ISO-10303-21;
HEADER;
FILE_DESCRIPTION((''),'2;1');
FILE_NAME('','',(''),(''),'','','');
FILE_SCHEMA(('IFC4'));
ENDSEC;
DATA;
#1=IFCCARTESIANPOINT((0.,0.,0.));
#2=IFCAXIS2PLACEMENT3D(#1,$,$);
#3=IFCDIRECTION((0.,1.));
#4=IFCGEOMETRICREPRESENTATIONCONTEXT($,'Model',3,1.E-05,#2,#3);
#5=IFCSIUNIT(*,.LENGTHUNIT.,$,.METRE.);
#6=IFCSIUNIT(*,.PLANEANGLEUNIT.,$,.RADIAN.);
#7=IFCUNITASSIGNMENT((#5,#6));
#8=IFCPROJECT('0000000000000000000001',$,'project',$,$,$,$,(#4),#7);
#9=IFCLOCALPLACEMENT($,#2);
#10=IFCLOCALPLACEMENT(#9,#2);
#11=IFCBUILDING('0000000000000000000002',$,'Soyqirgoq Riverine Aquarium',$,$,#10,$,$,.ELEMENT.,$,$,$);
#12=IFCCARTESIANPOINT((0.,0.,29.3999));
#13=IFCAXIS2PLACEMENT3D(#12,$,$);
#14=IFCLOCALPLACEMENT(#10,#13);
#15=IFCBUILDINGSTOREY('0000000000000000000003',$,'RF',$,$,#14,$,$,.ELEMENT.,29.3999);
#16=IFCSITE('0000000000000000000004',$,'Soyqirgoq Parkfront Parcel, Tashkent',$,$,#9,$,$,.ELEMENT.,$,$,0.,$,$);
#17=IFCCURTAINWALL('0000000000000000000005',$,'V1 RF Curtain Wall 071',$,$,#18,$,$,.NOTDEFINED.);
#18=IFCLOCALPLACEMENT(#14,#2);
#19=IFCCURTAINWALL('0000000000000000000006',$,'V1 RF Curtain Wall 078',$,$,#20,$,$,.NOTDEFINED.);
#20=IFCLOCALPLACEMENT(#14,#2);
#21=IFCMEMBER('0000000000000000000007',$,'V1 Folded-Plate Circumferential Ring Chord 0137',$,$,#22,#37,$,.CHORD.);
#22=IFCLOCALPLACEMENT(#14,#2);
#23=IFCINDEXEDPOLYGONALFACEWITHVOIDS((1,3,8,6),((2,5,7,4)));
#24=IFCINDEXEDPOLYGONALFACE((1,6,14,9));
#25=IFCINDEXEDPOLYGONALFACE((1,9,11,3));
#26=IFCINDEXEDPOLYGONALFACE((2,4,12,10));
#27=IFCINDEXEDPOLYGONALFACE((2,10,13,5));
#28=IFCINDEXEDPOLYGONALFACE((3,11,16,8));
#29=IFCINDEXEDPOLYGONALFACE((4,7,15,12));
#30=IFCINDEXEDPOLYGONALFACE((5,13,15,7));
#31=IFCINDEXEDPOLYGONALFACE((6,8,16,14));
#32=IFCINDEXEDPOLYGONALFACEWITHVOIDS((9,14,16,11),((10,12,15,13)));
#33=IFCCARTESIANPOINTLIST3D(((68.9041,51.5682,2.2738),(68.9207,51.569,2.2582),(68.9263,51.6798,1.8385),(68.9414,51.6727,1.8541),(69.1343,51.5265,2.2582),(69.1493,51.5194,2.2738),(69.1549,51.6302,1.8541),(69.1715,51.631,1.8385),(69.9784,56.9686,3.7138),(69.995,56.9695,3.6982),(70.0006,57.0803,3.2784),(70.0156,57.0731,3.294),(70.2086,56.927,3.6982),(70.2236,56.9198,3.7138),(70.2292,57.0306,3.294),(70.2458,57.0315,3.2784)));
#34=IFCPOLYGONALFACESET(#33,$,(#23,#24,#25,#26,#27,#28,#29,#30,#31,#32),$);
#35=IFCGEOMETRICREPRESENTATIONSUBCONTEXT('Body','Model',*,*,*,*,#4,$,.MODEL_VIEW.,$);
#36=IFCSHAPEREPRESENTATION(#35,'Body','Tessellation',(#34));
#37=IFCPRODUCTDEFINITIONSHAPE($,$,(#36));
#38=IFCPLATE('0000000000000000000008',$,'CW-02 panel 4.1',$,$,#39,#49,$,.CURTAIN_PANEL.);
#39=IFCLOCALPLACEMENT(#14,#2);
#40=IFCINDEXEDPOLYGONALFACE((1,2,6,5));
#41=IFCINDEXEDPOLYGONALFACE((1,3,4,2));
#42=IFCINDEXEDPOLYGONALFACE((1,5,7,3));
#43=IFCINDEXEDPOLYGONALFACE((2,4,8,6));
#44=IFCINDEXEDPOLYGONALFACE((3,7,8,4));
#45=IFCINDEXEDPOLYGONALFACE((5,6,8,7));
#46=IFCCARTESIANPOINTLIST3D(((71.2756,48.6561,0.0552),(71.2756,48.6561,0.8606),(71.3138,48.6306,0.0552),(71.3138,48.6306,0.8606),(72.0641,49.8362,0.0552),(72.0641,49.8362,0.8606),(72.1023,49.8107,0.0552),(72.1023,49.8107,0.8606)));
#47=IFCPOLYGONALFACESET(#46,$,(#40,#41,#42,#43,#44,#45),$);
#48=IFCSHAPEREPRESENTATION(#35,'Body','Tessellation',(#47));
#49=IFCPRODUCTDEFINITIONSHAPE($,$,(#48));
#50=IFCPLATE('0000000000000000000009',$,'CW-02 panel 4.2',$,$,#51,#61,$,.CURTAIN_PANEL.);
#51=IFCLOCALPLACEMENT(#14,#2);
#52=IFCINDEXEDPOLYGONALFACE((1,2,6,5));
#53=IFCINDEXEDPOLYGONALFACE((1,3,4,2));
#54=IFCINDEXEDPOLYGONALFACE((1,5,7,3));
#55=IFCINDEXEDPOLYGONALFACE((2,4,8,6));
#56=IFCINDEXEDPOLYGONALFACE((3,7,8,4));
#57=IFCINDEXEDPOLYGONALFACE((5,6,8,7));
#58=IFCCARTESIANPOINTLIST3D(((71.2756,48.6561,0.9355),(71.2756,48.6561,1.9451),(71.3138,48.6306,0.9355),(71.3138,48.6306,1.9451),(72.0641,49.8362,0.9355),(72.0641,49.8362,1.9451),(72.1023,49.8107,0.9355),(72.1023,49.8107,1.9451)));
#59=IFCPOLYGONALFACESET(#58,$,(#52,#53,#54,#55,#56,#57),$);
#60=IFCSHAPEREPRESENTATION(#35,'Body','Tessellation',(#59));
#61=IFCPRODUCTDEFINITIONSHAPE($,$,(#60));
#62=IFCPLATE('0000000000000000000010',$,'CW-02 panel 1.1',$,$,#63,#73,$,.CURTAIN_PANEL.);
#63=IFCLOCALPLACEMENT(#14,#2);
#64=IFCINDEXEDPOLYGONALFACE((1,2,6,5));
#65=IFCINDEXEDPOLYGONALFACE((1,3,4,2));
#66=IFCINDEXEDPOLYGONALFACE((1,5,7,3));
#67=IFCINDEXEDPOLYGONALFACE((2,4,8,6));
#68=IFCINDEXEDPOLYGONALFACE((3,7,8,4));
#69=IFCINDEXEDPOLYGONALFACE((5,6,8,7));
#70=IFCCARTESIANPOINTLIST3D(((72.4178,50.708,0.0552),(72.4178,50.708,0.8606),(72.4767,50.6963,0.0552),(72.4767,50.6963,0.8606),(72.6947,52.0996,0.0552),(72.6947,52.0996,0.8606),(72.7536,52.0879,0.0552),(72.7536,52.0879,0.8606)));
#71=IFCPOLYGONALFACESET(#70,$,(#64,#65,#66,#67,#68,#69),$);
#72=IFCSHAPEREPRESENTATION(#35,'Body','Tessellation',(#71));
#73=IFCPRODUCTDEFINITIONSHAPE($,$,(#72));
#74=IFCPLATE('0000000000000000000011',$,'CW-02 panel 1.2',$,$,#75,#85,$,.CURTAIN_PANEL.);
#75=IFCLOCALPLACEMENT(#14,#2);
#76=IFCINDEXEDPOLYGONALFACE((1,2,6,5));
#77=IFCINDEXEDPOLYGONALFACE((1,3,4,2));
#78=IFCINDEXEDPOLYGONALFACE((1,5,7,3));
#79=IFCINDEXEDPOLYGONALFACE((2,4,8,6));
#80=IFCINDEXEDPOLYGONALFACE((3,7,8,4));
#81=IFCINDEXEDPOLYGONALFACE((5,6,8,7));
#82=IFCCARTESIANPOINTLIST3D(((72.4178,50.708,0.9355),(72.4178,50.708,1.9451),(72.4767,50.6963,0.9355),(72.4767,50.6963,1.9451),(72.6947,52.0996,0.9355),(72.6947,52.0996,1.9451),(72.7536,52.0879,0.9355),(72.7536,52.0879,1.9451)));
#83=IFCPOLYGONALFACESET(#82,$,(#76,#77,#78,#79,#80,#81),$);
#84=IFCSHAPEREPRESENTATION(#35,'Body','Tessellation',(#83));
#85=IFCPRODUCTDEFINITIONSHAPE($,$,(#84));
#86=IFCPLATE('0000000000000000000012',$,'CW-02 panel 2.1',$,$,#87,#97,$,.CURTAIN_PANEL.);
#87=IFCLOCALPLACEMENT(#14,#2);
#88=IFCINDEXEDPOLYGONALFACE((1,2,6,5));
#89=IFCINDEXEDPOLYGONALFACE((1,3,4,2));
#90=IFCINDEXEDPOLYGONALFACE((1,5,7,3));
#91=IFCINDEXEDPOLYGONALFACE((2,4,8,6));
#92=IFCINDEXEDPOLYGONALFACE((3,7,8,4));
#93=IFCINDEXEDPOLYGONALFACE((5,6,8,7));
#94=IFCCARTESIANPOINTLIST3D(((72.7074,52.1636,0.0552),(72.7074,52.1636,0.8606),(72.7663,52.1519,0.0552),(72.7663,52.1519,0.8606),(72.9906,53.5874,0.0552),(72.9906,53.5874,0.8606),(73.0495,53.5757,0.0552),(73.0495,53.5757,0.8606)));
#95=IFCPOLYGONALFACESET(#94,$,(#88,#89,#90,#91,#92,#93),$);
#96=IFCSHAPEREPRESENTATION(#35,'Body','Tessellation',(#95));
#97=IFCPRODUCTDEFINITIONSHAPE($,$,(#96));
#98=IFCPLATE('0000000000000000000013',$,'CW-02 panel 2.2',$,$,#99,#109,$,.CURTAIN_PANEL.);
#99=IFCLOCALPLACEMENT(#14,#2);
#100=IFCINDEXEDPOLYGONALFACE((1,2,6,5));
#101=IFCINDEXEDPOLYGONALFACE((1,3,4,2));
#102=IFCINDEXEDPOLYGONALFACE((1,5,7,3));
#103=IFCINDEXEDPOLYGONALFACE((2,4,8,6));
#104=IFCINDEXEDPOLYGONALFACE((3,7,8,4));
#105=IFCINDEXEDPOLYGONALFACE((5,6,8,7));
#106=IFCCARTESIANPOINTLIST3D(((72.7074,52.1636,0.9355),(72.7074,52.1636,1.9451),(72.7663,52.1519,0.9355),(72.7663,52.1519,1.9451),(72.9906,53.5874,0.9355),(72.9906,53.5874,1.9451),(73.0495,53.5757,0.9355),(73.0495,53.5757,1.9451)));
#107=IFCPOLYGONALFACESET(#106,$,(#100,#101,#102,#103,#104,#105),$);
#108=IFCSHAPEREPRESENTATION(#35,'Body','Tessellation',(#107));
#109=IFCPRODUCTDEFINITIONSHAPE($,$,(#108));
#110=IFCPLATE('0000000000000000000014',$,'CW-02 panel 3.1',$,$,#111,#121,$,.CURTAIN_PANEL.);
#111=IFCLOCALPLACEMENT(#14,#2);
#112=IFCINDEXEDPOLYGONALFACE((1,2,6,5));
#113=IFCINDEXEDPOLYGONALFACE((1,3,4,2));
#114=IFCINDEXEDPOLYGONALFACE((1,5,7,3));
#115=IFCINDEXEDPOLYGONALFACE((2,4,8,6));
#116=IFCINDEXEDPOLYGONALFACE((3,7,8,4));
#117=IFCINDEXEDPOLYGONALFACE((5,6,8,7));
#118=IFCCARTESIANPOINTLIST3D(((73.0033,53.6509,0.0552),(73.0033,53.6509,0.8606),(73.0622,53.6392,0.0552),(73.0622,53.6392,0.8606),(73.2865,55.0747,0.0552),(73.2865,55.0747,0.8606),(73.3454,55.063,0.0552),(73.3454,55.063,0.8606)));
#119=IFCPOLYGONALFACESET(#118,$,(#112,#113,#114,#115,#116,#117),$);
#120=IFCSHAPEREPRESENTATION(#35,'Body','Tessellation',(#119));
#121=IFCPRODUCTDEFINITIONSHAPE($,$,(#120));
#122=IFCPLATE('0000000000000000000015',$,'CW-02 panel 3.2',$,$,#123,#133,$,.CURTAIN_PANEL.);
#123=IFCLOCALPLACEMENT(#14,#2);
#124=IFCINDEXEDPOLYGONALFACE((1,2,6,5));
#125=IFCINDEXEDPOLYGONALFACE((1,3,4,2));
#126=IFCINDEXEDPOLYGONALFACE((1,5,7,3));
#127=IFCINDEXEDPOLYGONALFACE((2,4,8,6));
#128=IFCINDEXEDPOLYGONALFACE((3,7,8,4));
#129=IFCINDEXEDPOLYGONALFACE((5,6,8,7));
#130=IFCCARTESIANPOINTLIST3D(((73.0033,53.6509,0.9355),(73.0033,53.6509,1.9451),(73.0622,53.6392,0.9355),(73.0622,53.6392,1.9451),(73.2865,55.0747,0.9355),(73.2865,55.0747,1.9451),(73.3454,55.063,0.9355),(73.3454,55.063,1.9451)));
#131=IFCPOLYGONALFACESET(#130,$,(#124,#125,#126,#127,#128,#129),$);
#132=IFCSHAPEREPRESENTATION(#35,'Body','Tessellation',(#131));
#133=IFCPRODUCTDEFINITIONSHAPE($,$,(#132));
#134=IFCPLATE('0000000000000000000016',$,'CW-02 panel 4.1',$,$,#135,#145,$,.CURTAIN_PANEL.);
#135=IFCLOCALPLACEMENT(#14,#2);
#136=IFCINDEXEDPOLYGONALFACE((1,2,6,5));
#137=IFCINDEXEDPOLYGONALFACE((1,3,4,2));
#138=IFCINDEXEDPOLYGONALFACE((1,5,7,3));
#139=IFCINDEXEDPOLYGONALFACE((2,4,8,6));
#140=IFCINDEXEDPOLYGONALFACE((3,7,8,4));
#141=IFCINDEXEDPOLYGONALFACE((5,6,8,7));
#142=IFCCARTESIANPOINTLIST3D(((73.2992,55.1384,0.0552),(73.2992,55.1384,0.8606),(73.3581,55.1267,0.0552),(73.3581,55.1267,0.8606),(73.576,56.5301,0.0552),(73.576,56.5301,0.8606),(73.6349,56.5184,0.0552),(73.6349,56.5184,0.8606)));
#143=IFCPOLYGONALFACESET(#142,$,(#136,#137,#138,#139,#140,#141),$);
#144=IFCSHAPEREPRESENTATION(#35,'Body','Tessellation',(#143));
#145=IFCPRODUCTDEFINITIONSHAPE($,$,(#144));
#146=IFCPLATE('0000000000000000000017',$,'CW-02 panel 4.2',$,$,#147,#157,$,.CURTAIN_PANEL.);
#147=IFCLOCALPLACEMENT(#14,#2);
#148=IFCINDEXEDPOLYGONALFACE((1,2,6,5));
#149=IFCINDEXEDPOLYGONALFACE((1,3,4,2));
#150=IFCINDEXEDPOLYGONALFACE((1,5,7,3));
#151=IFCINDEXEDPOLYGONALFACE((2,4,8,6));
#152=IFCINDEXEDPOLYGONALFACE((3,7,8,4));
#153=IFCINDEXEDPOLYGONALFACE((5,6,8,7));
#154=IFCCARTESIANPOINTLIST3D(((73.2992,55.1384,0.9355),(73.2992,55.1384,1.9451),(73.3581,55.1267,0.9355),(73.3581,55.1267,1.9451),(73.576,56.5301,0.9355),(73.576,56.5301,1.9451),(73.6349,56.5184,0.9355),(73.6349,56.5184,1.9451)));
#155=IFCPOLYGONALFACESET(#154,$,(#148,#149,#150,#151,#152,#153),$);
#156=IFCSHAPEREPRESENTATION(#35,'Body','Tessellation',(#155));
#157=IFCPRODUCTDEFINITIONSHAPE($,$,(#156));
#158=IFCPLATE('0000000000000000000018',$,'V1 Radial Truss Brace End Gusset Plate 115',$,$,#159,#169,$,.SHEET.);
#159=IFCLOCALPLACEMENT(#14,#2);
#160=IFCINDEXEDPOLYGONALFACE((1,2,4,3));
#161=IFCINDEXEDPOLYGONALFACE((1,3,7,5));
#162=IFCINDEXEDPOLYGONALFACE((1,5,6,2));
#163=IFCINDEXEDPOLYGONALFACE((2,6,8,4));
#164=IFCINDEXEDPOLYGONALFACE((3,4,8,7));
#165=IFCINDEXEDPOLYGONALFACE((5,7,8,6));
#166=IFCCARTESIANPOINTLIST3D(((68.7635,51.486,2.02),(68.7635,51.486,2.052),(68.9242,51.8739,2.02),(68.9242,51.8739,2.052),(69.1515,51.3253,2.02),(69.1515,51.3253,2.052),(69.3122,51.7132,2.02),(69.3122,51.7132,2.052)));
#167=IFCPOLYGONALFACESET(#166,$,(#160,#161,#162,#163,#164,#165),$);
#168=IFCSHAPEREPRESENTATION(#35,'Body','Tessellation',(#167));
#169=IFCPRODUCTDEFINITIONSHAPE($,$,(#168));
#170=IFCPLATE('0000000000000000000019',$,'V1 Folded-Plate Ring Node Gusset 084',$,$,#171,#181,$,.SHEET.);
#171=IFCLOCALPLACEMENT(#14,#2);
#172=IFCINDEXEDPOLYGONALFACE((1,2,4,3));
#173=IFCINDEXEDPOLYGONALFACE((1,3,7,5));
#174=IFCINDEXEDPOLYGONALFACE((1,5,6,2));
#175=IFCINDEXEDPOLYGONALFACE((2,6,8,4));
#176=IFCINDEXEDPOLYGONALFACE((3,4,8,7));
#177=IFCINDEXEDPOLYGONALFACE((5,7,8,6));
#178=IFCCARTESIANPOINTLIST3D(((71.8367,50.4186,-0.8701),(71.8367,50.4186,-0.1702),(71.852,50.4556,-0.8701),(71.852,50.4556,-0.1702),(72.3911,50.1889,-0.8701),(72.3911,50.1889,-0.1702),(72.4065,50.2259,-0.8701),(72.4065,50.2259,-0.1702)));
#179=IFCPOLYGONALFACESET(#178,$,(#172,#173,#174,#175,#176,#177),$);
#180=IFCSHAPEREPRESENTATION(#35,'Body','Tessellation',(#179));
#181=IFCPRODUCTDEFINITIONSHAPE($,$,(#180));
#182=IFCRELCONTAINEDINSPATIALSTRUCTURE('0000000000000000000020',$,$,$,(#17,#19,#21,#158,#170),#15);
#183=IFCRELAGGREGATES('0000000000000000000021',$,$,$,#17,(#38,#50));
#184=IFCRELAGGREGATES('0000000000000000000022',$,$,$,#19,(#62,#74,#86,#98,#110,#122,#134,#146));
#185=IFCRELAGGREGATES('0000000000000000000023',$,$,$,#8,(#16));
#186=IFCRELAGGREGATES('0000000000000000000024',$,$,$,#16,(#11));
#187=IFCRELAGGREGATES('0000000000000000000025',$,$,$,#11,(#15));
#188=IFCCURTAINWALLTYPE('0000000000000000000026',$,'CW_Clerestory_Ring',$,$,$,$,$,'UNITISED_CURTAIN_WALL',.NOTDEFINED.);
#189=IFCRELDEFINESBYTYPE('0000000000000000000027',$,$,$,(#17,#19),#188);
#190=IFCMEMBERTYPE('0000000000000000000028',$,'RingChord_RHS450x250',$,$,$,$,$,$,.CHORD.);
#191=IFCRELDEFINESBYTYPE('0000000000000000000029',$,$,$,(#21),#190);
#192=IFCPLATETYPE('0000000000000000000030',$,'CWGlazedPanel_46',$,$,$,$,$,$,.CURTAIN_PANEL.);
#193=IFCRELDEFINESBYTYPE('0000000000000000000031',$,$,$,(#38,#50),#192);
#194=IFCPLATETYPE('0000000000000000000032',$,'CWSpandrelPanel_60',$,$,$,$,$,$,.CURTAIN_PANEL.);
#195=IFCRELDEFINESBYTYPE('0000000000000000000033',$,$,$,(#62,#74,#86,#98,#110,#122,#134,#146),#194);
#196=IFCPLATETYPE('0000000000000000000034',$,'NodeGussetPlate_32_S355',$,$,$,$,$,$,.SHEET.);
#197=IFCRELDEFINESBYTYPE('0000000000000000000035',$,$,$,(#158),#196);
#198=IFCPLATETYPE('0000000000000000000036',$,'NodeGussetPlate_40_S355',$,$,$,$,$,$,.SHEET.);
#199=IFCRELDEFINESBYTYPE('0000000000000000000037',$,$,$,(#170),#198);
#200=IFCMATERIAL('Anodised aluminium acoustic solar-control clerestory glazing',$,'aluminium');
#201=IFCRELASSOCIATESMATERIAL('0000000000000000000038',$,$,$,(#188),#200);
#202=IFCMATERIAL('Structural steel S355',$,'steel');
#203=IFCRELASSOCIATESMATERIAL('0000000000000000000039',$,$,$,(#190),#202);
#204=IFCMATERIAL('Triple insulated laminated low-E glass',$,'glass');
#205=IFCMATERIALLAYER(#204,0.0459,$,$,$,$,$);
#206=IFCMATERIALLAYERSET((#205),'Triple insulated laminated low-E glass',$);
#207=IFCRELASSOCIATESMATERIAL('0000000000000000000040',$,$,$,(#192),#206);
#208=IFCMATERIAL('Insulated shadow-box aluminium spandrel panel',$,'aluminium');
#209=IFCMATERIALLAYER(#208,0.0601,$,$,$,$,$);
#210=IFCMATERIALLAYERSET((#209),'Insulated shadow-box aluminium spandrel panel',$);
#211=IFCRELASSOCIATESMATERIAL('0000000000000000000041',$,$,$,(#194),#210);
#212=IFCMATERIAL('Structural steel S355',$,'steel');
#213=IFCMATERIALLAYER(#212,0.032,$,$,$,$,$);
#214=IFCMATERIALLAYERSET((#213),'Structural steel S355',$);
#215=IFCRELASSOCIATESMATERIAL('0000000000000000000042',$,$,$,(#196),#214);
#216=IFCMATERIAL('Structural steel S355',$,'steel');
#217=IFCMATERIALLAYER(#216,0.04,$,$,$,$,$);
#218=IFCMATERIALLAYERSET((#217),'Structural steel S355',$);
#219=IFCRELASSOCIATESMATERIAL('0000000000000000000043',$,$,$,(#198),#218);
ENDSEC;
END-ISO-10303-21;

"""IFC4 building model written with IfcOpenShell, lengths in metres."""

from ifc_helpers import new_model, si_unit, direction, frame, origin, origin_2d, place, context, subcontext, project, spatial, rectangle, hollow_rectangle, extrude, material, layer, layer_set, material_profile, profile_set, type_object, element, aggregate, save


model = new_model("IFC4")

# Units and contexts
model_context = context("Model", 3, precision=1e-05, world=origin(), true_north=direction((0.0, 1.0)))
body_context = subcontext(model_context, "Body", "Model", "MODEL_VIEW")
ifc_project = project(units=[si_unit("LENGTHUNIT", "METRE"), si_unit("PLANEANGLEUNIT", "RADIAN")], contexts=[model_context])

# Site, building, storey
site_placement = place(None, origin())
site = spatial("IfcSite", under=ifc_project, at=site_placement, Name="Soyqirgoq Parkfront Parcel, Tashkent", CompositionType="ELEMENT", RefElevation=0.0)
building_placement = place(site_placement, origin())
building = spatial("IfcBuilding", under=site, at=building_placement, Name="Soyqirgoq Riverine Aquarium", CompositionType="ELEMENT")
storey_placement = place(building_placement, frame((0.0, 0.0, 29.3999)))
storey = spatial("IfcBuildingStorey", under=building, at=storey_placement, Name="RF", CompositionType="ELEMENT", Elevation=29.3999)

# Curtain wall
ifc_material_1 = material(Name="Anodised aluminium acoustic solar-control clerestory glazing", Category="aluminium")
curtain_wall_type = type_object("IfcCurtainWallType", Name="CW_Clerestory_Ring", ElementType="UNITISED_CURTAIN_WALL", PredefinedType="NOTDEFINED", material=ifc_material_1)
curtain_wall_1_placement = place(storey_placement, origin())
curtain_wall_1 = element("IfcCurtainWall", 1, at=curtain_wall_1_placement, inside=storey, type_object=curtain_wall_type, Name="V1 RF Curtain Wall 071", PredefinedType="NOTDEFINED")

# Curtain wall
curtain_wall_2_placement = place(storey_placement, origin())
curtain_wall_2 = element("IfcCurtainWall", 2, at=curtain_wall_2_placement, inside=storey, type_object=curtain_wall_type, Name="V1 RF Curtain Wall 078", PredefinedType="NOTDEFINED")

# Member
ifc_material_2 = material(Name="Structural steel S355", Category="steel")
ifc_material_profile_1 = material_profile(ifc_material_2, hollow_rectangle(XDim=0.25, YDim=0.45, WallThickness=0.0161, at=origin_2d()), Name="RHS 450x250x16")
ifc_profile_set_1 = profile_set([ifc_material_profile_1], Name="Structural steel S355")
member_type_1 = type_object("IfcMemberType", Name="RingChord_RHS450x250", PredefinedType="CHORD", material=ifc_profile_set_1)
member_1_placement = place(storey_placement, frame((69.0378, 51.5996, 2.0562), z_axis=(0.188745, 0.948875, 0.253005), x_axis=(-0.980785, 0.195093, 0.0)))
element("IfcMember", 3, at=member_1_placement, inside=storey, type_object=member_type_1, Name="V1 Folded-Plate Circumferential Ring Chord 0137", PredefinedType="CHORD", context=body_context, shape_type="SweptSolid", body=[
    extrude(hollow_rectangle(XDim=0.25, YDim=0.45, WallThickness=0.0161, at=origin_2d()), origin(), (0.0, 0.0, 1.0), 5.6914),
])

# Plates
ifc_material_3 = material(Name="Triple insulated laminated low-E glass", Category="glass")
ifc_layer_1 = layer(ifc_material_3, 0.0459)
ifc_layer_set_1 = layer_set([ifc_layer_1], Name="Triple insulated laminated low-E glass")
plate_type_1 = type_object("IfcPlateType", Name="CWGlazedPanel_46", PredefinedType="CURTAIN_PANEL", material=ifc_layer_set_1)
plate_1_placement = place(storey_placement, frame((71.689, 49.2334, 0.0552), z_axis=(0.0, 0.0, 1.0), x_axis=(0.555579, 0.831464, 0.0)))
plate_1 = element("IfcPlate", 4, at=plate_1_placement, type_object=plate_type_1, Name="CW-02 panel 4.1", PredefinedType="CURTAIN_PANEL", context=body_context, shape_type="SweptSolid", body=[
    extrude(rectangle(XDim=1.4192, YDim=0.0459, at=origin_2d()), origin(), (0.0, 0.0, 1.0), 0.8054),
])
plate_2_placement = place(storey_placement, frame((71.689, 49.2334, 0.9355), z_axis=(0.0, 0.0, 1.0), x_axis=(0.555579, 0.831464, 0.0)))
plate_2 = element("IfcPlate", 5, at=plate_2_placement, type_object=plate_type_1, Name="CW-02 panel 4.2", PredefinedType="CURTAIN_PANEL", context=body_context, shape_type="SweptSolid", body=[
    extrude(rectangle(XDim=1.4192, YDim=0.0459, at=origin_2d()), origin(), (0.0, 0.0, 1.0), 1.0095),
])
aggregate(curtain_wall_1, [plate_1, plate_2])
ifc_material_4 = material(Name="Insulated shadow-box aluminium spandrel panel", Category="aluminium")
ifc_layer_2 = layer(ifc_material_4, 0.0601)
ifc_layer_set_2 = layer_set([ifc_layer_2], Name="Insulated shadow-box aluminium spandrel panel")
plate_type_2 = type_object("IfcPlateType", Name="CWSpandrelPanel_60", PredefinedType="CURTAIN_PANEL", material=ifc_layer_set_2)
plate_3_placement = place(storey_placement, frame((72.5857, 51.3979, 0.0552), z_axis=(0.0, 0.0, 1.0), x_axis=(0.195095, 0.980784, 0.0)))
plate_3 = element("IfcPlate", 6, at=plate_3_placement, type_object=plate_type_2, Name="CW-02 panel 1.1", PredefinedType="CURTAIN_PANEL", context=body_context, shape_type="SweptSolid", body=[
    extrude(rectangle(XDim=1.4189, YDim=0.0601, at=origin_2d()), origin(), (0.0, 0.0, 1.0), 0.8054),
])
plate_4_placement = place(storey_placement, frame((72.5857, 51.3979, 0.9355), z_axis=(0.0, 0.0, 1.0), x_axis=(0.195095, 0.980784, 0.0)))
plate_4 = element("IfcPlate", 7, at=plate_4_placement, type_object=plate_type_2, Name="CW-02 panel 1.2", PredefinedType="CURTAIN_PANEL", context=body_context, shape_type="SweptSolid", body=[
    extrude(rectangle(XDim=1.4189, YDim=0.0601, at=origin_2d()), origin(), (0.0, 0.0, 1.0), 1.0095),
])
plate_5_placement = place(storey_placement, frame((72.8784, 52.8696, 0.0552), z_axis=(0.0, 0.0, 1.0), x_axis=(0.195095, 0.980784, 0.0)))
plate_5 = element("IfcPlate", 8, at=plate_5_placement, type_object=plate_type_2, Name="CW-02 panel 2.1", PredefinedType="CURTAIN_PANEL", context=body_context, shape_type="SweptSolid", body=[
    extrude(rectangle(XDim=1.4517, YDim=0.0601, at=origin_2d()), origin(), (0.0, 0.0, 1.0), 0.8054),
])
plate_6_placement = place(storey_placement, frame((72.8784, 52.8696, 0.9355), z_axis=(0.0, 0.0, 1.0), x_axis=(0.195095, 0.980784, 0.0)))
plate_6 = element("IfcPlate", 9, at=plate_6_placement, type_object=plate_type_2, Name="CW-02 panel 2.2", PredefinedType="CURTAIN_PANEL", context=body_context, shape_type="SweptSolid", body=[
    extrude(rectangle(XDim=1.4517, YDim=0.0601, at=origin_2d()), origin(), (0.0, 0.0, 1.0), 1.0095),
])
plate_7_placement = place(storey_placement, frame((73.1743, 54.3569, 0.0552), z_axis=(0.0, 0.0, 1.0), x_axis=(0.195095, 0.980784, 0.0)))
plate_7 = element("IfcPlate", 10, at=plate_7_placement, type_object=plate_type_2, Name="CW-02 panel 3.1", PredefinedType="CURTAIN_PANEL", context=body_context, shape_type="SweptSolid", body=[
    extrude(rectangle(XDim=1.4517, YDim=0.0601, at=origin_2d()), origin(), (0.0, 0.0, 1.0), 0.8054),
])
plate_8_placement = place(storey_placement, frame((73.1743, 54.3569, 0.9355), z_axis=(0.0, 0.0, 1.0), x_axis=(0.195095, 0.980784, 0.0)))
plate_8 = element("IfcPlate", 11, at=plate_8_placement, type_object=plate_type_2, Name="CW-02 panel 3.2", PredefinedType="CURTAIN_PANEL", context=body_context, shape_type="SweptSolid", body=[
    extrude(rectangle(XDim=1.4517, YDim=0.0601, at=origin_2d()), origin(), (0.0, 0.0, 1.0), 1.0095),
])
plate_9_placement = place(storey_placement, frame((73.467, 55.8284, 0.0552), z_axis=(0.0, 0.0, 1.0), x_axis=(0.195095, 0.980784, 0.0)))
plate_9 = element("IfcPlate", 12, at=plate_9_placement, type_object=plate_type_2, Name="CW-02 panel 4.1", PredefinedType="CURTAIN_PANEL", context=body_context, shape_type="SweptSolid", body=[
    extrude(rectangle(XDim=1.4189, YDim=0.0601, at=origin_2d()), origin(), (0.0, 0.0, 1.0), 0.8054),
])
plate_10_placement = place(storey_placement, frame((73.467, 55.8284, 0.9355), z_axis=(0.0, 0.0, 1.0), x_axis=(0.195095, 0.980784, 0.0)))
plate_10 = element("IfcPlate", 13, at=plate_10_placement, type_object=plate_type_2, Name="CW-02 panel 4.2", PredefinedType="CURTAIN_PANEL", context=body_context, shape_type="SweptSolid", body=[
    extrude(rectangle(XDim=1.4189, YDim=0.0601, at=origin_2d()), origin(), (0.0, 0.0, 1.0), 1.0095),
])
aggregate(curtain_wall_2, [plate_3, plate_4, plate_5, plate_6, plate_7, plate_8, plate_9, plate_10])

# Plates
ifc_material_5 = material(Name="Structural steel S355", Category="steel")
ifc_layer_3 = layer(ifc_material_5, 0.032)
ifc_layer_set_3 = layer_set([ifc_layer_3], Name="Structural steel S355")
plate_type_3 = type_object("IfcPlateType", Name="NodeGussetPlate_32_S355", PredefinedType="SHEET", material=ifc_layer_set_3)
plate_11_placement = place(storey_placement, frame((69.0378, 51.5996, 2.02), z_axis=(0.0, 0.0, 1.0), x_axis=(0.92388, -0.382683, 0.0)))
element("IfcPlate", 14, at=plate_11_placement, inside=storey, type_object=plate_type_3, Name="V1 Radial Truss Brace End Gusset Plate 115", PredefinedType="SHEET", context=body_context, shape_type="SweptSolid", body=[
    extrude(rectangle(XDim=0.4199, YDim=0.4199, at=origin_2d()), origin(), (0.0, 0.0, 1.0), 0.032),
])
ifc_material_6 = material(Name="Structural steel S355", Category="steel")
ifc_layer_4 = layer(ifc_material_6, 0.04)
ifc_layer_set_4 = layer_set([ifc_layer_4], Name="Structural steel S355")
plate_type_4 = type_object("IfcPlateType", Name="NodeGussetPlate_40_S355", PredefinedType="SHEET", material=ifc_layer_set_4)
plate_12_placement = place(storey_placement, frame((72.1216, 50.3223, -0.8701), z_axis=(0.0, 0.0, 1.0), x_axis=(0.92388, -0.382683, 0.0)))
element("IfcPlate", 15, at=plate_12_placement, inside=storey, type_object=plate_type_4, Name="V1 Folded-Plate Ring Node Gusset 084", PredefinedType="SHEET", context=body_context, shape_type="SweptSolid", body=[
    extrude(rectangle(XDim=0.6001, YDim=0.04, at=origin_2d()), origin(), (0.0, 0.0, 1.0), 0.7),
])

save(model, "model.ifc")
